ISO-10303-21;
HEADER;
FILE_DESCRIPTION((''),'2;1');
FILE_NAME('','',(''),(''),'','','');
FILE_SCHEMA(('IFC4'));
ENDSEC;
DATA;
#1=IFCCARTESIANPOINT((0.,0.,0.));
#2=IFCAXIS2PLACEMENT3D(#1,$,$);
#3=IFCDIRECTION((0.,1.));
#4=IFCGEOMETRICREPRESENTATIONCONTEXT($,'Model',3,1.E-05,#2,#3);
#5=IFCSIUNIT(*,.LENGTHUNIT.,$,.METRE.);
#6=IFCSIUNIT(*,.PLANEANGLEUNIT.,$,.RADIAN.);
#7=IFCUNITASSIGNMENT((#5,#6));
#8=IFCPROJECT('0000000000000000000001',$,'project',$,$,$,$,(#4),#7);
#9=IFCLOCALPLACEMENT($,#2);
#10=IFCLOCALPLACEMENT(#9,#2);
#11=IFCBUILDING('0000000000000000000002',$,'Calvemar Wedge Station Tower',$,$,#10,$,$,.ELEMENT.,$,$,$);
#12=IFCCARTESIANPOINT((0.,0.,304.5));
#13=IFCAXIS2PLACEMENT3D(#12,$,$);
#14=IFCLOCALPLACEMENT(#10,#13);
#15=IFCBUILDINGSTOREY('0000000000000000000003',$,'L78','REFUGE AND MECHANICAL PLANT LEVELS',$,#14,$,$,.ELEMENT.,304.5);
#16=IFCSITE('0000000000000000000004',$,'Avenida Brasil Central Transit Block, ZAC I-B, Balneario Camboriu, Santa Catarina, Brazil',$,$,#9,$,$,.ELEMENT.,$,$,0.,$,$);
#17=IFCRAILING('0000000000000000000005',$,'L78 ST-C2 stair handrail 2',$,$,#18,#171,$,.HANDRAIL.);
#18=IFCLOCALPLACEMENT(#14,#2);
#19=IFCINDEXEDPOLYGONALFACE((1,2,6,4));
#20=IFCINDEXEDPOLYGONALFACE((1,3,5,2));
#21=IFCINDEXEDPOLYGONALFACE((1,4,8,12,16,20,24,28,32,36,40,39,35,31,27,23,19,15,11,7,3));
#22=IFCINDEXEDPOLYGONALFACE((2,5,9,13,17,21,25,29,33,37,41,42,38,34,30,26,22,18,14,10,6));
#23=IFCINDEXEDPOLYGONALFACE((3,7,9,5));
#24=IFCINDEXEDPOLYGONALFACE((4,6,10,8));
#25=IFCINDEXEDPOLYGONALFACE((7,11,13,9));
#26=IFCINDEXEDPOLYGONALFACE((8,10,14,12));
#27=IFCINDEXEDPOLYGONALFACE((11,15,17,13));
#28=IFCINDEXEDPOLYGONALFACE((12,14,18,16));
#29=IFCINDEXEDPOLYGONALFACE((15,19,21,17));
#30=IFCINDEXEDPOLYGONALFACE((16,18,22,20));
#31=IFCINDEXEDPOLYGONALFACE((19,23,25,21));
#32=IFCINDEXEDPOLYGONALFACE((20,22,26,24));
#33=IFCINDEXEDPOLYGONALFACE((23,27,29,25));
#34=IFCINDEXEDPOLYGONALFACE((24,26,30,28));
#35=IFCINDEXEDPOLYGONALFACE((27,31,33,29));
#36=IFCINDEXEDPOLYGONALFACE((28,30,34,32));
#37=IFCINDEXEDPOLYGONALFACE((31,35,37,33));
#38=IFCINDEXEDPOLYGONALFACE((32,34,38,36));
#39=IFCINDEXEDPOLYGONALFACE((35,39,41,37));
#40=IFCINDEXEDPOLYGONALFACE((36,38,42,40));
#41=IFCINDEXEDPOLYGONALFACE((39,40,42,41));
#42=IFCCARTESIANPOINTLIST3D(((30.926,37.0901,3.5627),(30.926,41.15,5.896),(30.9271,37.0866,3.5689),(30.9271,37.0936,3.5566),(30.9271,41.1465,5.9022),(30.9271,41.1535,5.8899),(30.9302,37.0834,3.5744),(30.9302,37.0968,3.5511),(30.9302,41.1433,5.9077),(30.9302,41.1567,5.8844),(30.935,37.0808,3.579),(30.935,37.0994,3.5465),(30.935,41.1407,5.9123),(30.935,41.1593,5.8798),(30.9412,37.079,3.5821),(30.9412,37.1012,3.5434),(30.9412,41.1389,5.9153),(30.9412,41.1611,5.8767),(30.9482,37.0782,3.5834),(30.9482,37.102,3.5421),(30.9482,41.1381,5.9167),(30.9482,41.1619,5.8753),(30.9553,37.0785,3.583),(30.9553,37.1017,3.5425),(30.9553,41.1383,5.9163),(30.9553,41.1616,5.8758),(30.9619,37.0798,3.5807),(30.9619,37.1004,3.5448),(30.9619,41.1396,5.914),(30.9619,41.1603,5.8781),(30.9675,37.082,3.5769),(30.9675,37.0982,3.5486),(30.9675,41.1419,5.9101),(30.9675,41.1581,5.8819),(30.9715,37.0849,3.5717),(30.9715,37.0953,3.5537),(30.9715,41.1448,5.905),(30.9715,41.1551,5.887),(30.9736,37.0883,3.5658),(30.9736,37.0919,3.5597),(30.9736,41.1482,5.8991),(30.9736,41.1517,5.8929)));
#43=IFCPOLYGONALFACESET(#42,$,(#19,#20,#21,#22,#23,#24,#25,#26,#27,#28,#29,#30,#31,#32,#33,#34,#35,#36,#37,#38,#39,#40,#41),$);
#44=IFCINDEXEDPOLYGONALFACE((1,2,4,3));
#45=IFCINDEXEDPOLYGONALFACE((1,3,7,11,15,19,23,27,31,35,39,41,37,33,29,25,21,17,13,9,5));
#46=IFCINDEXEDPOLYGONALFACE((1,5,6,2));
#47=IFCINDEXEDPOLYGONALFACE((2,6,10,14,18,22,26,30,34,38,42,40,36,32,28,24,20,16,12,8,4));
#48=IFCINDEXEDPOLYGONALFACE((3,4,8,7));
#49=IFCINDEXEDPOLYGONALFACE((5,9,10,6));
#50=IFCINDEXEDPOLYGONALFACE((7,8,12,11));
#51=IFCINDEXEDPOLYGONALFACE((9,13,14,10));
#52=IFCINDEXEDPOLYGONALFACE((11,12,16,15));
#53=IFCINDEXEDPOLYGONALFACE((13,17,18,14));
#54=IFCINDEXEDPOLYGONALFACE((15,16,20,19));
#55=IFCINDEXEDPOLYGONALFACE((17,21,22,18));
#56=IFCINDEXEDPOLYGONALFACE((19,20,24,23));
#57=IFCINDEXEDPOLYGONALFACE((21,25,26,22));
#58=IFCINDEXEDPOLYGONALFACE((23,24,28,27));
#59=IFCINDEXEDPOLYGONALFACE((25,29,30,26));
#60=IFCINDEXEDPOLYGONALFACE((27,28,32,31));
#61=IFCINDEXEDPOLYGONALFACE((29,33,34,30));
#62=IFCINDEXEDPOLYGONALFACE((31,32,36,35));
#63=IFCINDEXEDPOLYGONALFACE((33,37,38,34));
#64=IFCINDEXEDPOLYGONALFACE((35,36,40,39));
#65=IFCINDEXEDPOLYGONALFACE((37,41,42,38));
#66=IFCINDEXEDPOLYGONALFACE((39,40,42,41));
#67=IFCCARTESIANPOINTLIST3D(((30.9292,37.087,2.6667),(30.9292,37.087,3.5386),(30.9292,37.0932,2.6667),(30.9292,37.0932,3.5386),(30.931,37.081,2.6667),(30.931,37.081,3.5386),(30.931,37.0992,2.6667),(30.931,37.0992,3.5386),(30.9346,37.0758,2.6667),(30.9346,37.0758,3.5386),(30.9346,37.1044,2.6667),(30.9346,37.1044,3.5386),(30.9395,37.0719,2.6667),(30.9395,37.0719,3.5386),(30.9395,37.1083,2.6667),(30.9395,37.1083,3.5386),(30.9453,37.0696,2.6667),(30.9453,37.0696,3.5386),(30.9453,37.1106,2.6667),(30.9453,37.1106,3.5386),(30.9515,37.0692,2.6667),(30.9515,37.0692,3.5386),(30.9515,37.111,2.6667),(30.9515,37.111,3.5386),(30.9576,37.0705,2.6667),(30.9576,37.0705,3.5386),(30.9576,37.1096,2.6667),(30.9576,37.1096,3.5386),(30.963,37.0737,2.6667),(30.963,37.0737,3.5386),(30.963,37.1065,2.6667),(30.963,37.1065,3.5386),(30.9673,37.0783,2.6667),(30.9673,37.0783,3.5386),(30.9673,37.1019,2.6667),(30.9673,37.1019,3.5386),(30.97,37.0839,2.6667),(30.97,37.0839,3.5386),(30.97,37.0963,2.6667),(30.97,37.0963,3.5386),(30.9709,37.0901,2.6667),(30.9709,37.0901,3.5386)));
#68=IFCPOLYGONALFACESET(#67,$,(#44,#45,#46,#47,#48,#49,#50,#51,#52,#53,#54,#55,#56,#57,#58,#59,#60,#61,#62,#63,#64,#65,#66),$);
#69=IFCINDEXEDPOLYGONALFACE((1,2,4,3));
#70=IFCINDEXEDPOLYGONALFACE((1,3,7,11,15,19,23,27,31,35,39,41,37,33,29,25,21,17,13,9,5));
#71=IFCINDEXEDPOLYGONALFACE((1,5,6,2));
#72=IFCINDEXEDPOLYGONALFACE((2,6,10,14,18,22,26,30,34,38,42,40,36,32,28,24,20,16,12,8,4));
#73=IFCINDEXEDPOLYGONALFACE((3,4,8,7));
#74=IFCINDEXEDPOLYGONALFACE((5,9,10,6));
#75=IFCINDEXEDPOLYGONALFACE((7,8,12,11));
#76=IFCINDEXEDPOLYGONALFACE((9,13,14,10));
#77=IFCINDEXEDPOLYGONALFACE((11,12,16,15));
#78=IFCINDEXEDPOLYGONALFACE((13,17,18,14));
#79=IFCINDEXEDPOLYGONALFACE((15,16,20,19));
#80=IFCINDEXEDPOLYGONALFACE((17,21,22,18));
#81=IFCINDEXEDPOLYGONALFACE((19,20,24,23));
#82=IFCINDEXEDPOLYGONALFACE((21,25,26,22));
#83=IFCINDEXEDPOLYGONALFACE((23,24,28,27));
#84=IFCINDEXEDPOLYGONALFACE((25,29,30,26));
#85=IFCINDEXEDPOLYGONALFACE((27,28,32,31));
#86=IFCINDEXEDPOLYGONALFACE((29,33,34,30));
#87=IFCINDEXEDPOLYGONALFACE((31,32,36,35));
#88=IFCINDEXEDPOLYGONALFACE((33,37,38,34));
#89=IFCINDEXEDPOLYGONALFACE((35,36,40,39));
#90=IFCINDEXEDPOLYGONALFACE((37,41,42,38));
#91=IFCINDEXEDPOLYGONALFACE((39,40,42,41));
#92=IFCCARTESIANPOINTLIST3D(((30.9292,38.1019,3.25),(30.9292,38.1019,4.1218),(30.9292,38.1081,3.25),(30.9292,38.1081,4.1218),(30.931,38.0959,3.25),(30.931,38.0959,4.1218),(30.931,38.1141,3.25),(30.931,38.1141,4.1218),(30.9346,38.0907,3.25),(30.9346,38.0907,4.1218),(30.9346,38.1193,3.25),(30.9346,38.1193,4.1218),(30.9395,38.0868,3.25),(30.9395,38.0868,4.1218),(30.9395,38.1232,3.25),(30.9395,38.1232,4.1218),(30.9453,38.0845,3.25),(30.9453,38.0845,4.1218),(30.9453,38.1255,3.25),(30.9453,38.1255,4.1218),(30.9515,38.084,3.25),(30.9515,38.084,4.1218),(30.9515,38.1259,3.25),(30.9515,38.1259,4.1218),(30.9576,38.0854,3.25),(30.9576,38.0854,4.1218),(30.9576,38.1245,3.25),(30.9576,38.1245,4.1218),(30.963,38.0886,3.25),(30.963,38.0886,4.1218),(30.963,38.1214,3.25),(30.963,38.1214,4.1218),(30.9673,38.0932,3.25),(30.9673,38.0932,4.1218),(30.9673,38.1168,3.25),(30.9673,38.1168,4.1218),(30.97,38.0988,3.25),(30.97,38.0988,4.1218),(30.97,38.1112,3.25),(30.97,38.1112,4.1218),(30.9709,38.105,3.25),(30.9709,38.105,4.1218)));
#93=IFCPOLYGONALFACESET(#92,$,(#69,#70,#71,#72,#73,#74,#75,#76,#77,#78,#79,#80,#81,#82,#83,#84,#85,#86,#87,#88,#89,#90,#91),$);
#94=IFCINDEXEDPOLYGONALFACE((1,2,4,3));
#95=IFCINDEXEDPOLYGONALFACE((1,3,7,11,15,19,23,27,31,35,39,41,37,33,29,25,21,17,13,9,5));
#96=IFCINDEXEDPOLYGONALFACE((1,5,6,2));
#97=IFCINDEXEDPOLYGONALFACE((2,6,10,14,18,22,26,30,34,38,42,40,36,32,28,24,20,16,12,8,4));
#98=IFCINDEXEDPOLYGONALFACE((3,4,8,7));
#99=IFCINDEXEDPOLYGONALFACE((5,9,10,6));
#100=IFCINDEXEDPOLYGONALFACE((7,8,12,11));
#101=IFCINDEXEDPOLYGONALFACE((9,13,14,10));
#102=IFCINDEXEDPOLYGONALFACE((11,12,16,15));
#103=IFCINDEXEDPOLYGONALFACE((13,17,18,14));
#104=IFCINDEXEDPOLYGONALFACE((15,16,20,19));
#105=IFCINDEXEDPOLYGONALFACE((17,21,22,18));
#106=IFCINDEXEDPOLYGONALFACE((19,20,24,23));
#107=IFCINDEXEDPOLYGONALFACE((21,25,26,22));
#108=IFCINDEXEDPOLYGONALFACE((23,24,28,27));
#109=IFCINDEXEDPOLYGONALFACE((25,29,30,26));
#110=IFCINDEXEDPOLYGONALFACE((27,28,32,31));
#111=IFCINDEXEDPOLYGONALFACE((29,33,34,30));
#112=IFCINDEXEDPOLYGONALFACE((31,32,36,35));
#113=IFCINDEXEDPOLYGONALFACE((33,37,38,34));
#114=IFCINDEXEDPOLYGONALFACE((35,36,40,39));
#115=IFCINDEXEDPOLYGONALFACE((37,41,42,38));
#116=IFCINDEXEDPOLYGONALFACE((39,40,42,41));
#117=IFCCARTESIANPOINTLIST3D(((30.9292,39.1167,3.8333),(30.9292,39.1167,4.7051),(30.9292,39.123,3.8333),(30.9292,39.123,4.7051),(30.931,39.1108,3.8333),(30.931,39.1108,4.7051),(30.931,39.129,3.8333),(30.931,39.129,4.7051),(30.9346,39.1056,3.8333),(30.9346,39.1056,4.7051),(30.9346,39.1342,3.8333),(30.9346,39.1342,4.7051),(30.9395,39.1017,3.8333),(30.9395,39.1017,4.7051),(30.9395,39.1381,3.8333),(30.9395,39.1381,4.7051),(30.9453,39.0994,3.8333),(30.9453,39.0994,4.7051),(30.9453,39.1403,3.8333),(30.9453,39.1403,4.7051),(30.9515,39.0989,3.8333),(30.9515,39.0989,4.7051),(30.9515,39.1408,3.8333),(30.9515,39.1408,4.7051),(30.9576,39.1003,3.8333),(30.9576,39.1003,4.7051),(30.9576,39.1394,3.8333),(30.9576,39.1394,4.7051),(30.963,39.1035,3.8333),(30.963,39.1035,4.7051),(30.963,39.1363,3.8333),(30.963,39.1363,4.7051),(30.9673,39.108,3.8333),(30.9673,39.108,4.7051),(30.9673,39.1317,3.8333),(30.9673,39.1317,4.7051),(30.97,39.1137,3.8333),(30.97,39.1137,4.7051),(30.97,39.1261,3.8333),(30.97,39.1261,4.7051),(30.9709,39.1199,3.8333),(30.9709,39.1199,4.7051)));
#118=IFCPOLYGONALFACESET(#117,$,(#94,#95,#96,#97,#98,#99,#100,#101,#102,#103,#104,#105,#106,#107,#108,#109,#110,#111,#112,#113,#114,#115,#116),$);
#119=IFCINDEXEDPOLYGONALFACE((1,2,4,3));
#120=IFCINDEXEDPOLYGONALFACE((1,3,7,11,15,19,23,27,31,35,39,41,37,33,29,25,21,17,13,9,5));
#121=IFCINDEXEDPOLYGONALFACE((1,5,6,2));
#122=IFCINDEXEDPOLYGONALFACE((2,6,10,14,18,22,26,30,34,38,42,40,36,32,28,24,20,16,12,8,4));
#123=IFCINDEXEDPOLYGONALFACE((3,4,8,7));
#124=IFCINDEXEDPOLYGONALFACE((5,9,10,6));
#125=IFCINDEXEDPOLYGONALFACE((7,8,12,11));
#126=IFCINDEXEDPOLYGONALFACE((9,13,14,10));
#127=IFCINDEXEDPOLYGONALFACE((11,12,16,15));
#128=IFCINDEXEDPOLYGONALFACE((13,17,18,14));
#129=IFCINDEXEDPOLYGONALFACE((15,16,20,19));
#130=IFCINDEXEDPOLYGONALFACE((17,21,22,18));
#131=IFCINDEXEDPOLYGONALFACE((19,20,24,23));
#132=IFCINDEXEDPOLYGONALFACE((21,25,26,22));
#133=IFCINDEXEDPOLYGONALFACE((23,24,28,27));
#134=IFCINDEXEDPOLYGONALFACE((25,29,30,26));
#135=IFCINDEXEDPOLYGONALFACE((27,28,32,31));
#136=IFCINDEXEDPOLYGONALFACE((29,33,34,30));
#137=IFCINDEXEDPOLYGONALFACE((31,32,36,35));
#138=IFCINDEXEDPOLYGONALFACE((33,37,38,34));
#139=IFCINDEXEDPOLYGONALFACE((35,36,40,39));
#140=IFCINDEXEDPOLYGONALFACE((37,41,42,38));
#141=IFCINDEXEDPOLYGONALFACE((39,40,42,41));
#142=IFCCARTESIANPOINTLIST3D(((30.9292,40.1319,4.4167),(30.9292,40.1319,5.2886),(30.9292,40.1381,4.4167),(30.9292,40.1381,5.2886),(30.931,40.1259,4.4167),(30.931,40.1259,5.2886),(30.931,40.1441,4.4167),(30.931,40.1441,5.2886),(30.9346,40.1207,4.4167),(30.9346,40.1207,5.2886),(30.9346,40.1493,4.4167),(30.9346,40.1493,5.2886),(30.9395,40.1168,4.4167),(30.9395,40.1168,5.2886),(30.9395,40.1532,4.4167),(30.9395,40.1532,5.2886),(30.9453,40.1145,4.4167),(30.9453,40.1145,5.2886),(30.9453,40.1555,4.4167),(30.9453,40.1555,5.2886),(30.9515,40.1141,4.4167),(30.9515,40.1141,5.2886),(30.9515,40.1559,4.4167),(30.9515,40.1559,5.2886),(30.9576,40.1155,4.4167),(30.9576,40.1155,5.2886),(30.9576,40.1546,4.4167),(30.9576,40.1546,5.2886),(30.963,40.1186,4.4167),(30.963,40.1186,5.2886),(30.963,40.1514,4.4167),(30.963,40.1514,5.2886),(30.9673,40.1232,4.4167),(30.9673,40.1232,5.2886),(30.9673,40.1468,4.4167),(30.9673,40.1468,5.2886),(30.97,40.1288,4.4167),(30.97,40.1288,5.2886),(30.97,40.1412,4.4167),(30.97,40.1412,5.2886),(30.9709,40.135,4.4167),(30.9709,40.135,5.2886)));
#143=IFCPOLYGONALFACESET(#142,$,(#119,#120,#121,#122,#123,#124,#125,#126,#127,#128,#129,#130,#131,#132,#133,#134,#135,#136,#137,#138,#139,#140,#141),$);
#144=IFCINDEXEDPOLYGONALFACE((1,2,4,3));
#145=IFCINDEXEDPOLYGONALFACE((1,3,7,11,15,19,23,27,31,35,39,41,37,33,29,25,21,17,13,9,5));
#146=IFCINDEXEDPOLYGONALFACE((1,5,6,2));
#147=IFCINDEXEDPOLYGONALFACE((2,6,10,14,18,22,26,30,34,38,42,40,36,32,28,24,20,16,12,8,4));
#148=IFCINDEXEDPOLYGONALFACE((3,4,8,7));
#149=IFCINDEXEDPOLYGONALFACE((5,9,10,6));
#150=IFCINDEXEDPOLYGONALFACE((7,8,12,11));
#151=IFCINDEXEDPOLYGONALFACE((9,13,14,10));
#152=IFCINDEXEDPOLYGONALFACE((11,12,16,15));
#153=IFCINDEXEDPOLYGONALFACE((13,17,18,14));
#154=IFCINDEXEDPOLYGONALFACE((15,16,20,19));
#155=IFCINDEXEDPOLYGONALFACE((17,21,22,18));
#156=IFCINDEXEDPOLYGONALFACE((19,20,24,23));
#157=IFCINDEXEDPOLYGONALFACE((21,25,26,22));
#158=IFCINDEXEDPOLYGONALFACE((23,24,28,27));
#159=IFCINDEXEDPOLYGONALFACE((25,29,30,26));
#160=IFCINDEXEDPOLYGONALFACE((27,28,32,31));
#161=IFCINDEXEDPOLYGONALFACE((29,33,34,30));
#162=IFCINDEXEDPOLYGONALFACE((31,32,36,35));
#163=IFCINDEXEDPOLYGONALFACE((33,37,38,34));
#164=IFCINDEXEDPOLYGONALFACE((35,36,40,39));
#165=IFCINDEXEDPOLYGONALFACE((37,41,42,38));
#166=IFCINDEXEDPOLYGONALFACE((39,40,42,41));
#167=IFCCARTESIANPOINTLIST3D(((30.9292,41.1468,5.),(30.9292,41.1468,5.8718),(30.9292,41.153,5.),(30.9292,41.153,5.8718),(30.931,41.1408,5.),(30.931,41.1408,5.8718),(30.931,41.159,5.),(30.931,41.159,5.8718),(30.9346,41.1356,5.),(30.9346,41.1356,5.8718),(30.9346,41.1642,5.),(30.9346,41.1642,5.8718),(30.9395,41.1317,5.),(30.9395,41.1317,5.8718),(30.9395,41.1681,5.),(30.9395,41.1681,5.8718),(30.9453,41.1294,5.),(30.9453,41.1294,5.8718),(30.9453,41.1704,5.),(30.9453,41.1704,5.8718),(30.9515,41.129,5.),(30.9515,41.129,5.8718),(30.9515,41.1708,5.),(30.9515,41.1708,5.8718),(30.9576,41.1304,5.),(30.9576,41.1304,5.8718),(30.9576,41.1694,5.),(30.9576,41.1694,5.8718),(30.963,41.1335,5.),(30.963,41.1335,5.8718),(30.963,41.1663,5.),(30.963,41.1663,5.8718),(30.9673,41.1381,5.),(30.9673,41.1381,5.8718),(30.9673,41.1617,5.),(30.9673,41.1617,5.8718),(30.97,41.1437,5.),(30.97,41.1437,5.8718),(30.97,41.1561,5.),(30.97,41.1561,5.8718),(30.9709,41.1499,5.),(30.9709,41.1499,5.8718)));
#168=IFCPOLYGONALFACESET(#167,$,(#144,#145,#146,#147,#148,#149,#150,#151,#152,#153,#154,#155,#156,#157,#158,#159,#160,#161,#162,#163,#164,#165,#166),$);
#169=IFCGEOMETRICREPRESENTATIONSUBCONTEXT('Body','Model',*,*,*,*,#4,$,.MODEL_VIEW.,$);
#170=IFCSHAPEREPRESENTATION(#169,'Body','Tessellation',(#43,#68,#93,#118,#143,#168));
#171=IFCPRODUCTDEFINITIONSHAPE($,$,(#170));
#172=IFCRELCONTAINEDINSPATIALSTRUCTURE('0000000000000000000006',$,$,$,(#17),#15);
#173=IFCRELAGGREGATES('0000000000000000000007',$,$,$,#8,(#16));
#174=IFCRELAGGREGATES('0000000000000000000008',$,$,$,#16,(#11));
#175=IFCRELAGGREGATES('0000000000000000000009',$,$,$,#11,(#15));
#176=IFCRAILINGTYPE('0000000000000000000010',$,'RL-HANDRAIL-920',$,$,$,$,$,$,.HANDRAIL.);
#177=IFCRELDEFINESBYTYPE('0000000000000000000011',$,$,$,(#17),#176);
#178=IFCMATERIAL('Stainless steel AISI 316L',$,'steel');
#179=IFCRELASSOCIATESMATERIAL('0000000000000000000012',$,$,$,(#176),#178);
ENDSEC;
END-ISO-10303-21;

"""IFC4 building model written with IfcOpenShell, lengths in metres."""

from ifc_helpers import new_model, si_unit, direction, frame, origin, origin_2d, place, context, subcontext, project, spatial, circle, extrude, material, type_object, element, save


model = new_model("IFC4")

# Units and contexts
model_context = context("Model", 3, precision=1e-05, world=origin(), true_north=direction((0.0, 1.0)))
body_context = subcontext(model_context, "Body", "Model", "MODEL_VIEW")
ifc_project = project(units=[si_unit("LENGTHUNIT", "METRE"), si_unit("PLANEANGLEUNIT", "RADIAN")], contexts=[model_context])

# Site, building, storey
site_placement = place(None, origin())
site = spatial("IfcSite", under=ifc_project, at=site_placement, Name="Avenida Brasil Central Transit Block, ZAC I-B, Balneario Camboriu, Santa Catarina, Brazil", CompositionType="ELEMENT", RefElevation=0.0)
building_placement = place(site_placement, origin())
building = spatial("IfcBuilding", under=site, at=building_placement, Name="Calvemar Wedge Station Tower", CompositionType="ELEMENT")
storey_placement = place(building_placement, frame((0.0, 0.0, 304.5)))
storey = spatial("IfcBuildingStorey", under=building, at=storey_placement, Name="L78", Description="REFUGE AND MECHANICAL PLANT LEVELS", CompositionType="ELEMENT", Elevation=304.5)

# Railing
ifc_material_1 = material(Name="Stainless steel AISI 316L", Category="steel")
railing_type_1 = type_object("IfcRailingType", Name="RL-HANDRAIL-920", PredefinedType="HANDRAIL", material=ifc_material_1)
for number, where, name in (
    (1, (30.95, 37.0901, 2.6667), "L78 ST-C2 stair handrail 2"),
):
    element("IfcRailing", number, at=place(storey_placement, frame(where)), inside=storey, type_object=railing_type_1, Name=name, PredefinedType="HANDRAIL", context=body_context, shape_type="SweptSolid", body=[
        extrude(circle(Radius=0.0239, at=origin_2d()), frame((0.0, 0.0, 0.896), z_axis=(0.0, 0.867012, 0.498288), x_axis=(-1.0, 0.0, 0.0)), (0.0, 0.0, 1.0), 4.6826),
        extrude(circle(Radius=0.021, at=origin_2d()), origin(), (0.0, 0.0, 1.0), 0.8718),
        extrude(circle(Radius=0.021, at=origin_2d()), frame((0.0, 1.0149, 0.5833)), (0.0, 0.0, 1.0), 0.8718),
        extrude(circle(Radius=0.021, at=origin_2d()), frame((0.0, 2.0298, 1.1665)), (0.0, 0.0, 1.0), 0.8718),
        extrude(circle(Radius=0.021, at=origin_2d()), frame((0.0, 3.0449, 1.75)), (0.0, 0.0, 1.0), 0.8718),
        extrude(circle(Radius=0.021, at=origin_2d()), frame((0.0, 4.0598, 2.3333)), (0.0, 0.0, 1.0), 0.8718),
    ])

save(model, "model.ifc")
